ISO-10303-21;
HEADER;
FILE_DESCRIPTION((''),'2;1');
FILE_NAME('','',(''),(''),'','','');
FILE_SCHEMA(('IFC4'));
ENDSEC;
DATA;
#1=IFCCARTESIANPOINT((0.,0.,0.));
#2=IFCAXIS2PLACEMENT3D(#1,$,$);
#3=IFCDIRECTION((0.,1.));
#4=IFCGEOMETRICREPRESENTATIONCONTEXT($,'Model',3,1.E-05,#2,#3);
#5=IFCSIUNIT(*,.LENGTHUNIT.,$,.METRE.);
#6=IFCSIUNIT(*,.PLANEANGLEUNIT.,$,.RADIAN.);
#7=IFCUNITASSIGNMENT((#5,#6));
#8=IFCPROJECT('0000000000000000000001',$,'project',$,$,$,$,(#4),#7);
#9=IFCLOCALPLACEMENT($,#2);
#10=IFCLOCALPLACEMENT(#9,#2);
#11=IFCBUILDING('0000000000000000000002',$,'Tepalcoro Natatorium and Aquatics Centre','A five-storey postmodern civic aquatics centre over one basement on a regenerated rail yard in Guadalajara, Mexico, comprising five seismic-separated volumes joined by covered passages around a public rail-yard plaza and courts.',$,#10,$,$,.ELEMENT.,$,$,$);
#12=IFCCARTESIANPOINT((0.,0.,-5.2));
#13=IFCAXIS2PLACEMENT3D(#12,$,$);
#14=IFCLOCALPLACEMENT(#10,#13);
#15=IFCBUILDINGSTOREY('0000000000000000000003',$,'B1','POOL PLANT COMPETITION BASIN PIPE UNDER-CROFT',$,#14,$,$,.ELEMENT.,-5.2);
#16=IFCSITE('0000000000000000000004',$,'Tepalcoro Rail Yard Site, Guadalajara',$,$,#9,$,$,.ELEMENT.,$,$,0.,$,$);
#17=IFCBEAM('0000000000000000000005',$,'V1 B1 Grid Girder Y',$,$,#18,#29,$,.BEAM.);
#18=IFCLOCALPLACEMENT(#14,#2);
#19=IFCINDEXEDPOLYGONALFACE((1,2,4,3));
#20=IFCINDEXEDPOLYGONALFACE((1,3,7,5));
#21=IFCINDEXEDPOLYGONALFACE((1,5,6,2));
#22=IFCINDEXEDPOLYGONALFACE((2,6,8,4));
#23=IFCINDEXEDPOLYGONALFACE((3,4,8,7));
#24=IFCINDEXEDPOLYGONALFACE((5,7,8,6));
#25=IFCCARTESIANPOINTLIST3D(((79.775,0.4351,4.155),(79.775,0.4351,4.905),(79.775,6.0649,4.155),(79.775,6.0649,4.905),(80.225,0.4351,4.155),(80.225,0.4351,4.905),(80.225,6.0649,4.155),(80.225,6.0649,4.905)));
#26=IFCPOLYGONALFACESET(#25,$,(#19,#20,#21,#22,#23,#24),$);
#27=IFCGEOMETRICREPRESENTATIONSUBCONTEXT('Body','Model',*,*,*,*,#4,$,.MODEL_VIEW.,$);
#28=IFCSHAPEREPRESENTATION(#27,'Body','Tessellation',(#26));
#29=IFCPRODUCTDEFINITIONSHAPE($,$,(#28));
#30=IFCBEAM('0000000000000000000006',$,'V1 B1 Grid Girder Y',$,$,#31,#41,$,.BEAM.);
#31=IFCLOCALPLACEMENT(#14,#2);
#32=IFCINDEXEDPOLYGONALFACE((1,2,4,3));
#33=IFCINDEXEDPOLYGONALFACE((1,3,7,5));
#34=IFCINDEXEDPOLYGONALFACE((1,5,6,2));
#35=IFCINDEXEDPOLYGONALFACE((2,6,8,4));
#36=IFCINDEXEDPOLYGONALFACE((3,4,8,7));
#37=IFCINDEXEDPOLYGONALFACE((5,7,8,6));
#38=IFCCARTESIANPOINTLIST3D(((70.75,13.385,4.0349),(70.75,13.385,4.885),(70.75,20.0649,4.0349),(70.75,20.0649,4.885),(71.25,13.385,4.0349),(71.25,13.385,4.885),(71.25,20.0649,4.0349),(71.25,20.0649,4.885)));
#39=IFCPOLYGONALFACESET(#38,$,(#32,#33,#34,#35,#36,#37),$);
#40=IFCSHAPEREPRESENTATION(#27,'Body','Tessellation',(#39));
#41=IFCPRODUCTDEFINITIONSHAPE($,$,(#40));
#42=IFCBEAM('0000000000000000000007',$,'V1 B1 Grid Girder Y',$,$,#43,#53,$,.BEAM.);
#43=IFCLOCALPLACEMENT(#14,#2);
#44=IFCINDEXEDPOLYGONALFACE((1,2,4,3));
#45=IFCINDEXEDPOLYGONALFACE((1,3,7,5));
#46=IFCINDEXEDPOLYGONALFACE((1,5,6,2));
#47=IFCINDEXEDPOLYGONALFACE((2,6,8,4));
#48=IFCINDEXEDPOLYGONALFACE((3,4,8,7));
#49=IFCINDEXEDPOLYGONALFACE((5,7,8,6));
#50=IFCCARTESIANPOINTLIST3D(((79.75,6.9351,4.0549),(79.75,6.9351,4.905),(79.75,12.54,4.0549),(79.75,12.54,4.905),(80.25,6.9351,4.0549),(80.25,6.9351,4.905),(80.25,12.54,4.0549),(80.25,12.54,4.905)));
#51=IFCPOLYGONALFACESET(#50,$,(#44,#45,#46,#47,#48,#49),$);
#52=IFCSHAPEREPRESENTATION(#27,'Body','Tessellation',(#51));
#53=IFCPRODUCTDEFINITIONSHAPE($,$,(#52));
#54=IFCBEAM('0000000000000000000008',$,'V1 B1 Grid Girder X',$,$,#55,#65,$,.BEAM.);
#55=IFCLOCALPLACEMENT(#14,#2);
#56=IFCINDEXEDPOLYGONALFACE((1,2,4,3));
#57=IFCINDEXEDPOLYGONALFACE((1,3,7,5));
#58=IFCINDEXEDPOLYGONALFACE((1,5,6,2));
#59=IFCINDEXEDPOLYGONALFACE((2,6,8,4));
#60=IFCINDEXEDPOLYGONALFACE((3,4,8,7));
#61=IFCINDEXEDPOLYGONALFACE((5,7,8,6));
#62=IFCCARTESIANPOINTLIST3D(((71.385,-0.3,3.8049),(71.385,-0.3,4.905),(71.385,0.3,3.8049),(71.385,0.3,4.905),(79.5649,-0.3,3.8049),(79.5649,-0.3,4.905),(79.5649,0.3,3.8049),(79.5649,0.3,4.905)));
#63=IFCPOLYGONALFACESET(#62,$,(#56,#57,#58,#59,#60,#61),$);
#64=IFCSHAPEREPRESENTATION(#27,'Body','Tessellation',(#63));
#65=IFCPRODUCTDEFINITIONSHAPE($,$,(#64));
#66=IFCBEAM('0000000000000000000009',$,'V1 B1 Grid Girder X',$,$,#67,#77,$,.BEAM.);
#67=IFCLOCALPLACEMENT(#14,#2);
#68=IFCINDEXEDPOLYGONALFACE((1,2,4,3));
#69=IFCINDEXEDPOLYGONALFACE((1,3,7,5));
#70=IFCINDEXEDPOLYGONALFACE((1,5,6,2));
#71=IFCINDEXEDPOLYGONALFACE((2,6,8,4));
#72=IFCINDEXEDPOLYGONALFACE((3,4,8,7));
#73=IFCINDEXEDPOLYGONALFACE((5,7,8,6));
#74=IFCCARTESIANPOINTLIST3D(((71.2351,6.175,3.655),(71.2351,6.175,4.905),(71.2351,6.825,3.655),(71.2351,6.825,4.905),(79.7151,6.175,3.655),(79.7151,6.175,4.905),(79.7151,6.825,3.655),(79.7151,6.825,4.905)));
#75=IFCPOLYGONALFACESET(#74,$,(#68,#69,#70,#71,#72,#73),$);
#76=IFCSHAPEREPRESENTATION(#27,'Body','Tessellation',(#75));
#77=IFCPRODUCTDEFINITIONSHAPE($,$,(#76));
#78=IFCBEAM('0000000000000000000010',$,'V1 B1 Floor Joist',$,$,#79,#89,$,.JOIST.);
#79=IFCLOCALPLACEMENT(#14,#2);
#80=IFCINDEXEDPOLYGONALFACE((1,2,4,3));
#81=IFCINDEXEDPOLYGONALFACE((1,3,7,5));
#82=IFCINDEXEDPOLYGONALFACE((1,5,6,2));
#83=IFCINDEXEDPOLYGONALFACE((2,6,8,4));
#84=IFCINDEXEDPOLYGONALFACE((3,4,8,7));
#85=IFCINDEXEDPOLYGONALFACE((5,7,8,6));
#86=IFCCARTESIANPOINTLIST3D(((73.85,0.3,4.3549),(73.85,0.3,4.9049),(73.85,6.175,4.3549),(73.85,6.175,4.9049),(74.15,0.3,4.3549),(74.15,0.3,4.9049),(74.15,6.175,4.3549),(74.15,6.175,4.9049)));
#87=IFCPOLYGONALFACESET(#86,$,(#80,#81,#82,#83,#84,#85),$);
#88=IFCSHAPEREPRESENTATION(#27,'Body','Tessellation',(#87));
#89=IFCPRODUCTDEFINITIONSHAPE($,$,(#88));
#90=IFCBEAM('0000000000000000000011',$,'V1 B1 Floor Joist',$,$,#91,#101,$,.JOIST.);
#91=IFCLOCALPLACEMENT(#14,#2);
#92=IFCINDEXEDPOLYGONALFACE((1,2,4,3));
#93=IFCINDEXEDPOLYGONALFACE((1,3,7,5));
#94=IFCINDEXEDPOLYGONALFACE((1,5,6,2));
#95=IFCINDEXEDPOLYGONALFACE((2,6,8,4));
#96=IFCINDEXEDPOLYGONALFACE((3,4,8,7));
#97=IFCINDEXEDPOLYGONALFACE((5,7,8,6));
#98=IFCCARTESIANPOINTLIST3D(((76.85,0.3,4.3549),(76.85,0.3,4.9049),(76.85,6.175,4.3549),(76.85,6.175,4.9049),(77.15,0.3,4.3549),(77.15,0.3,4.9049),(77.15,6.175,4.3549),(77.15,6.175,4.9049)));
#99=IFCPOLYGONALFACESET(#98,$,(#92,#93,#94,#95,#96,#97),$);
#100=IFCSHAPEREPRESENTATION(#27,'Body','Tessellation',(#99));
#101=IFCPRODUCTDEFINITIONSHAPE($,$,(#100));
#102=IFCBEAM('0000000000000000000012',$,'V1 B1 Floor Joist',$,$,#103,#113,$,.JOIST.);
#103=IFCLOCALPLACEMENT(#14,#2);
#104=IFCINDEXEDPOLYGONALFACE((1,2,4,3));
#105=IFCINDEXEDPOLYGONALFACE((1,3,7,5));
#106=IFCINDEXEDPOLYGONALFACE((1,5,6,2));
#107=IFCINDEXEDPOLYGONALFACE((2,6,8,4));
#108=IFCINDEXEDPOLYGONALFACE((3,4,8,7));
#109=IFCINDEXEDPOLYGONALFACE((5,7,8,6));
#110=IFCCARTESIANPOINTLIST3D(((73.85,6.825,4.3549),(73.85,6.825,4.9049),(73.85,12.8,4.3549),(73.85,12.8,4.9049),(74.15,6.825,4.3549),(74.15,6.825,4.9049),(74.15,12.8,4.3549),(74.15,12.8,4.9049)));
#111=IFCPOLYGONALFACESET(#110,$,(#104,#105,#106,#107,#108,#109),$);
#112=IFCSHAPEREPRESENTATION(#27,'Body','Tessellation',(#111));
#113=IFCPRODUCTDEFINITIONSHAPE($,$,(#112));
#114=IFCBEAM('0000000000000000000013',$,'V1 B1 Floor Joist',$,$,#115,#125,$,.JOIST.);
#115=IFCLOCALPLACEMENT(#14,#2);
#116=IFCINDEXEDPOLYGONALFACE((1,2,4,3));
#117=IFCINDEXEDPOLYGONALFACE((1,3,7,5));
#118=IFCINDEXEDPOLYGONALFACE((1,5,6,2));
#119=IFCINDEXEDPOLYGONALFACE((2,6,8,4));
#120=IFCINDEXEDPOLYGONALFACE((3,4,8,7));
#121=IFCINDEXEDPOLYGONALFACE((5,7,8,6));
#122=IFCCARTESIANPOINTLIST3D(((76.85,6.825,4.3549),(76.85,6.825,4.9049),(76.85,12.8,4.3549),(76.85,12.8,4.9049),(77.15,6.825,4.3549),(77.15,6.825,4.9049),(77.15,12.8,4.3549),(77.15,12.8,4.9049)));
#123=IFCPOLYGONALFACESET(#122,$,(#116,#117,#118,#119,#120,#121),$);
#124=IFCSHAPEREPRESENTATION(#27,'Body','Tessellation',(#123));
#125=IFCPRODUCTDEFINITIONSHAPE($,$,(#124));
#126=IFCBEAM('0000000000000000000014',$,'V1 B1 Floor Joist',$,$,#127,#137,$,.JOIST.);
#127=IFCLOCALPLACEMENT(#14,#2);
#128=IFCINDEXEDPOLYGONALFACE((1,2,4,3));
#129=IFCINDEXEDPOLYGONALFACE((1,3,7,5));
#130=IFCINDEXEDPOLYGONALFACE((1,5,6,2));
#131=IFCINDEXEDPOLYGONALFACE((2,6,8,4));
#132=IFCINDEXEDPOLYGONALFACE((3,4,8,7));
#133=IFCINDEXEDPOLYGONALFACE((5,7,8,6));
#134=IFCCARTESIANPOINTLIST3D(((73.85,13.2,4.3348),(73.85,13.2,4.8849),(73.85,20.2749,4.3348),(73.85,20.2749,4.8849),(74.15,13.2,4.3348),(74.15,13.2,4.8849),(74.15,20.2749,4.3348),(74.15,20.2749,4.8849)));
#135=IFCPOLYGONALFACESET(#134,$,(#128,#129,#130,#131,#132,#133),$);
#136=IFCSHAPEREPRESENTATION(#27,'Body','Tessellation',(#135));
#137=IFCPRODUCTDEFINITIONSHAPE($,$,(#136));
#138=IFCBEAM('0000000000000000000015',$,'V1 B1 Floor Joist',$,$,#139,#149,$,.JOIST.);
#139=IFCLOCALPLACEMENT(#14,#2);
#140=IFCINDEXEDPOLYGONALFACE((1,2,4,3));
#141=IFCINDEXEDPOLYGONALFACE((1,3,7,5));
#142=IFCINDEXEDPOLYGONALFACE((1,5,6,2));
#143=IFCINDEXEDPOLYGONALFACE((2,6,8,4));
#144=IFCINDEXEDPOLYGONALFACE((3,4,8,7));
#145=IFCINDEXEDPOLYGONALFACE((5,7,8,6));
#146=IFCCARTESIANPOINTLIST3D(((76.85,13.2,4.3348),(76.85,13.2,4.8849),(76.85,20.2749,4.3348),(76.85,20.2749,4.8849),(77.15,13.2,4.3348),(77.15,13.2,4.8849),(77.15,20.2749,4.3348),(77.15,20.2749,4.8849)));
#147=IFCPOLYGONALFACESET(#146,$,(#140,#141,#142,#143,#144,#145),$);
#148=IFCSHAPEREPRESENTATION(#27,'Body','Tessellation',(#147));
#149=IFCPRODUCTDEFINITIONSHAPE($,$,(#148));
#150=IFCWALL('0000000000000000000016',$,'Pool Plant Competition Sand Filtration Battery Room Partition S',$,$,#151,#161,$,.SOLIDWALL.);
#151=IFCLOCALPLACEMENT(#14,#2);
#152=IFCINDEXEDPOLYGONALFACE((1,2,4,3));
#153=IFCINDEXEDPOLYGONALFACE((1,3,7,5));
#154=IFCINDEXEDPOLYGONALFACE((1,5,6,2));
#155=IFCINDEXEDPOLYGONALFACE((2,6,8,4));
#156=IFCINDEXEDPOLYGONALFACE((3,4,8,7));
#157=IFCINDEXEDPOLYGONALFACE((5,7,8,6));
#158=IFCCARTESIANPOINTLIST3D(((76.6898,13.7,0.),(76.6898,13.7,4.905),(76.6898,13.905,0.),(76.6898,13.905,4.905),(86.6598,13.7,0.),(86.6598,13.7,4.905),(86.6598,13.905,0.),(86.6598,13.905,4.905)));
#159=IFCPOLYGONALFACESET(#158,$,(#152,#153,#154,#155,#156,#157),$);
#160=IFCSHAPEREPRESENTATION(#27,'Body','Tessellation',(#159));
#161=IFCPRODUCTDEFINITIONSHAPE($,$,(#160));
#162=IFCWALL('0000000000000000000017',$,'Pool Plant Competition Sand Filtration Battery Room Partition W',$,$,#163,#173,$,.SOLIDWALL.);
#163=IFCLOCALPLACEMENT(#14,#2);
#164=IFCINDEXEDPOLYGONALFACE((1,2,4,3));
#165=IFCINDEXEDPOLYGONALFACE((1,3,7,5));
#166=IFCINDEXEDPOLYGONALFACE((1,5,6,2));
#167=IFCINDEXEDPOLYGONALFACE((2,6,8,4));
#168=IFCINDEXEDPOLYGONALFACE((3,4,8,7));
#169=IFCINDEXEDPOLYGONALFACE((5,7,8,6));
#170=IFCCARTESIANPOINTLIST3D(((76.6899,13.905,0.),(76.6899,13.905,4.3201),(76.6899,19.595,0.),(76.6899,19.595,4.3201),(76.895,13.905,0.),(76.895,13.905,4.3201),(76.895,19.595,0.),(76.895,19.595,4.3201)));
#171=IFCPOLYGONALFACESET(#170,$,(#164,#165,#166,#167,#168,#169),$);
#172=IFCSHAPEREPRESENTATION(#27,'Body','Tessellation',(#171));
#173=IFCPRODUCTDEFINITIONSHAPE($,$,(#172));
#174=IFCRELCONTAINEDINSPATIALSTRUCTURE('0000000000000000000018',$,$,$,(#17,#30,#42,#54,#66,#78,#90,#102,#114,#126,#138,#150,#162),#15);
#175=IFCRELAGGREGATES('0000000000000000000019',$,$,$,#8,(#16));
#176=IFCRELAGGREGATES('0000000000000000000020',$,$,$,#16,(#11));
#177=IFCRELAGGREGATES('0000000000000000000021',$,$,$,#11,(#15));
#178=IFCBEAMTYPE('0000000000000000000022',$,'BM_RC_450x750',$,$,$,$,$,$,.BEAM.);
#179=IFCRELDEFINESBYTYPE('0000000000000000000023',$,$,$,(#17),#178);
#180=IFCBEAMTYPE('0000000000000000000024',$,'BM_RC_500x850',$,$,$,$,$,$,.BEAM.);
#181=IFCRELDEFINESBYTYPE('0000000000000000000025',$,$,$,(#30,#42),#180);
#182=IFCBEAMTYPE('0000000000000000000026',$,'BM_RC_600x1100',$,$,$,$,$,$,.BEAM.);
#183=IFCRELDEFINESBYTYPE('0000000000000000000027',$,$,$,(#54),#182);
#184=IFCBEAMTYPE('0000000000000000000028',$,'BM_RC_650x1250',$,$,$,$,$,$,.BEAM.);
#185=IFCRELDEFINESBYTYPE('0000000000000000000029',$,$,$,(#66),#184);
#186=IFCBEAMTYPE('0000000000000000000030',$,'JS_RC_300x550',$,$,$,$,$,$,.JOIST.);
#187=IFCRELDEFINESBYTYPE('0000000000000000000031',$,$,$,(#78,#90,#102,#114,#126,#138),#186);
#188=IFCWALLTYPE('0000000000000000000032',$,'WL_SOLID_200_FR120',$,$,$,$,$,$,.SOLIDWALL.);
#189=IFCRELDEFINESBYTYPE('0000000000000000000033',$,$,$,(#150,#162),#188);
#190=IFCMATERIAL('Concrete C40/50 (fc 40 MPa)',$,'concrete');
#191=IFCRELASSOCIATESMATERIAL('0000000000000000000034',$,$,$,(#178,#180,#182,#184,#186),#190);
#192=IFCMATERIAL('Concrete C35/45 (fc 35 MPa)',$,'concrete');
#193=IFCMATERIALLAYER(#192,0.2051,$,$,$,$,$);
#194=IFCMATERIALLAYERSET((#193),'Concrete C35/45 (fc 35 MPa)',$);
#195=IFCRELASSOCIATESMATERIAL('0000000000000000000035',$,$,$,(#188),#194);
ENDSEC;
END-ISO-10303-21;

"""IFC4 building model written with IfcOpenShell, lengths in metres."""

from ifc_helpers import new_model, si_unit, direction, frame, frame_2d, origin, origin_2d, place, context, subcontext, project, spatial, rectangle, extrude, material, layer, layer_set, material_profile, profile_set, type_object, element, save


model = new_model("IFC4")

# Units and contexts
model_context = context("Model", 3, precision=1e-05, world=origin(), true_north=direction((0.0, 1.0)))
body_context = subcontext(model_context, "Body", "Model", "MODEL_VIEW")
ifc_project = project(units=[si_unit("LENGTHUNIT", "METRE"), si_unit("PLANEANGLEUNIT", "RADIAN")], contexts=[model_context])

# Site, building, storey
site_placement = place(None, origin())
site = spatial("IfcSite", under=ifc_project, at=site_placement, Name="Tepalcoro Rail Yard Site, Guadalajara", CompositionType="ELEMENT", RefElevation=0.0)
building_placement = place(site_placement, origin())
building = spatial("IfcBuilding", under=site, at=building_placement, Name="Tepalcoro Natatorium and Aquatics Centre", Description="A five-storey postmodern civic aquatics centre over one basement on a regenerated rail yard in Guadalajara, Mexico, comprising five seismic-separated volumes joined by covered passages around a public rail-yard plaza and courts.", CompositionType="ELEMENT")
storey_placement = place(building_placement, frame((0.0, 0.0, -5.2)))
storey = spatial("IfcBuildingStorey", under=building, at=storey_placement, Name="B1", Description="POOL PLANT COMPETITION BASIN PIPE UNDER-CROFT", CompositionType="ELEMENT", Elevation=-5.2)

# Shared definitions
ifc_material_1 = material(Name="Concrete C40/50 (fc 40 MPa)", Category="concrete")

# Beams
ifc_material_profile_1 = material_profile(ifc_material_1, rectangle(XDim=0.45, YDim=0.75, at=origin_2d()), Name="RCB450x750")
ifc_profile_set_1 = profile_set([ifc_material_profile_1], Name="Concrete C40/50 (fc 40 MPa)")
beam_type_1 = type_object("IfcBeamType", Name="BM_RC_450x750", PredefinedType="BEAM", material=ifc_profile_set_1)
beam_1_placement = place(storey_placement, frame((80.0, 0.4351, 4.53), z_axis=(0.0, 1.0, 0.0), x_axis=(-1.0, 0.0, 0.0)))
element("IfcBeam", 1, at=beam_1_placement, inside=storey, type_object=beam_type_1, Name="V1 B1 Grid Girder Y", PredefinedType="BEAM", context=body_context, shape_type="SweptSolid", body=[
    extrude(rectangle(XDim=0.45, YDim=0.75, at=origin_2d()), origin(), (0.0, 0.0, 1.0), 5.6299),
])
ifc_material_profile_2 = material_profile(ifc_material_1, rectangle(XDim=0.5, YDim=0.8501, at=origin_2d()), Name="RCB500x850")
ifc_profile_set_2 = profile_set([ifc_material_profile_2], Name="Concrete C40/50 (fc 40 MPa)")
beam_type_2 = type_object("IfcBeamType", Name="BM_RC_500x850", PredefinedType="BEAM", material=ifc_profile_set_2)
beam_2_placement = place(storey_placement, frame((71.0, 13.385, 4.46), z_axis=(0.0, 1.0, 0.0), x_axis=(-1.0, 0.0, 0.0)))
element("IfcBeam", 2, at=beam_2_placement, inside=storey, type_object=beam_type_2, Name="V1 B1 Grid Girder Y", PredefinedType="BEAM", context=body_context, shape_type="SweptSolid", body=[
    extrude(rectangle(XDim=0.5, YDim=0.8501, at=origin_2d()), origin(), (0.0, 0.0, 1.0), 6.6799),
])
beam_3_placement = place(storey_placement, frame((80.0, 6.9351, 4.48), z_axis=(0.0, 1.0, 0.0), x_axis=(-1.0, 0.0, 0.0)))
element("IfcBeam", 3, at=beam_3_placement, inside=storey, type_object=beam_type_2, Name="V1 B1 Grid Girder Y", PredefinedType="BEAM", context=body_context, shape_type="SweptSolid", body=[
    extrude(rectangle(XDim=0.5, YDim=0.8501, at=origin_2d()), origin(), (0.0, 0.0, 1.0), 5.605),
])
ifc_material_profile_3 = material_profile(ifc_material_1, rectangle(XDim=0.6001, YDim=1.1001, at=origin_2d()), Name="RCB600x1100")
ifc_profile_set_3 = profile_set([ifc_material_profile_3], Name="Concrete C40/50 (fc 40 MPa)")
beam_type_3 = type_object("IfcBeamType", Name="BM_RC_600x1100", PredefinedType="BEAM", material=ifc_profile_set_3)
beam_4_placement = place(storey_placement, frame((71.385, 0.0, 4.355), z_axis=(1.0, 0.0, 0.0), x_axis=(0.0, 1.0, 0.0)))
element("IfcBeam", 4, at=beam_4_placement, inside=storey, type_object=beam_type_3, Name="V1 B1 Grid Girder X", PredefinedType="BEAM", context=body_context, shape_type="SweptSolid", body=[
    extrude(rectangle(XDim=0.6001, YDim=1.1001, at=origin_2d()), origin(), (0.0, 0.0, 1.0), 8.1799),
])
ifc_material_profile_4 = material_profile(ifc_material_1, rectangle(XDim=0.6499, YDim=1.25, at=origin_2d()), Name="RCB650x1250")
ifc_profile_set_4 = profile_set([ifc_material_profile_4], Name="Concrete C40/50 (fc 40 MPa)")
beam_type_4 = type_object("IfcBeamType", Name="BM_RC_650x1250", PredefinedType="BEAM", material=ifc_profile_set_4)
beam_5_placement = place(storey_placement, frame((71.2351, 6.5, 4.28), z_axis=(1.0, 0.0, 0.0), x_axis=(0.0, 1.0, 0.0)))
element("IfcBeam", 5, at=beam_5_placement, inside=storey, type_object=beam_type_4, Name="V1 B1 Grid Girder X", PredefinedType="BEAM", context=body_context, shape_type="SweptSolid", body=[
    extrude(rectangle(XDim=0.6499, YDim=1.25, at=origin_2d()), origin(), (0.0, 0.0, 1.0), 8.48),
])
ifc_material_profile_5 = material_profile(ifc_material_1, rectangle(XDim=0.3, YDim=0.55, at=origin_2d()), Name="RCJ300x550")
ifc_profile_set_5 = profile_set([ifc_material_profile_5], Name="Concrete C40/50 (fc 40 MPa)")
beam_type_5 = type_object("IfcBeamType", Name="JS_RC_300x550", PredefinedType="JOIST", material=ifc_profile_set_5)
for number, where, z_axis, x_axis, name in (
    (6, (74.0, 0.3, 4.6299), (0.0, 1.0, 0.0), (-1.0, 0.0, 0.0), "V1 B1 Floor Joist"),
    (7, (77.0, 0.3, 4.6299), (0.0, 1.0, 0.0), (-1.0, 0.0, 0.0), "V1 B1 Floor Joist"),
):
    element("IfcBeam", number, at=place(storey_placement, frame(where, z_axis=z_axis, x_axis=x_axis)), inside=storey, type_object=beam_type_5, Name=name, PredefinedType="JOIST", context=body_context, shape_type="SweptSolid", body=[
        extrude(rectangle(XDim=0.3, YDim=0.55, at=origin_2d()), origin(), (0.0, 0.0, 1.0), 5.875),
    ])
for number, where, z_axis, x_axis, name in (
    (8, (74.0, 6.825, 4.6299), (0.0, 1.0, 0.0), (-1.0, 0.0, 0.0), "V1 B1 Floor Joist"),
    (9, (77.0, 6.825, 4.6299), (0.0, 1.0, 0.0), (-1.0, 0.0, 0.0), "V1 B1 Floor Joist"),
):
    element("IfcBeam", number, at=place(storey_placement, frame(where, z_axis=z_axis, x_axis=x_axis)), inside=storey, type_object=beam_type_5, Name=name, PredefinedType="JOIST", context=body_context, shape_type="SweptSolid", body=[
        extrude(rectangle(XDim=0.3, YDim=0.55, at=origin_2d()), origin(), (0.0, 0.0, 1.0), 5.9751),
    ])
for number, where, z_axis, x_axis, name in (
    (10, (74.0, 13.2, 4.6099), (0.0, 1.0, 0.0), (-1.0, 0.0, 0.0), "V1 B1 Floor Joist"),
    (11, (77.0, 13.2, 4.6099), (0.0, 1.0, 0.0), (-1.0, 0.0, 0.0), "V1 B1 Floor Joist"),
):
    element("IfcBeam", number, at=place(storey_placement, frame(where, z_axis=z_axis, x_axis=x_axis)), inside=storey, type_object=beam_type_5, Name=name, PredefinedType="JOIST", context=body_context, shape_type="SweptSolid", body=[
        extrude(rectangle(XDim=0.3, YDim=0.55, at=origin_2d()), origin(), (0.0, 0.0, 1.0), 7.075),
    ])

# Walls
ifc_material_2 = material(Name="Concrete C35/45 (fc 35 MPa)", Category="concrete")
ifc_layer = layer(ifc_material_2, 0.2051)
ifc_layer_set = layer_set([ifc_layer], Name="Concrete C35/45 (fc 35 MPa)")
wall_type = type_object("IfcWallType", Name="WL_SOLID_200_FR120", PredefinedType="SOLIDWALL", material=ifc_layer_set)
wall_1_placement = place(storey_placement, frame((76.6899, 13.8025, 0.0), z_axis=(0.0, 0.0, 1.0), x_axis=(1.0, 0.0, 0.0)))
element("IfcWall", 12, at=wall_1_placement, inside=storey, type_object=wall_type, Name="Pool Plant Competition Sand Filtration Battery Room Partition S", PredefinedType="SOLIDWALL", context=body_context, shape_type="SweptSolid", body=[
    extrude(rectangle(XDim=9.97, YDim=0.2051, at=frame_2d((4.9849, 0.0))), origin(), (0.0, 0.0, 1.0), 4.905),
])
wall_2_placement = place(storey_placement, frame((76.7925, 13.905, 0.0), z_axis=(0.0, 0.0, 1.0), x_axis=(0.0, 1.0, 0.0)))
element("IfcWall", 13, at=wall_2_placement, inside=storey, type_object=wall_type, Name="Pool Plant Competition Sand Filtration Battery Room Partition W", PredefinedType="SOLIDWALL", context=body_context, shape_type="SweptSolid", body=[
    extrude(rectangle(XDim=5.6899, YDim=0.2051, at=frame_2d((2.845, 0.0))), origin(), (0.0, 0.0, 1.0), 4.3201),
])

save(model, "model.ifc")
